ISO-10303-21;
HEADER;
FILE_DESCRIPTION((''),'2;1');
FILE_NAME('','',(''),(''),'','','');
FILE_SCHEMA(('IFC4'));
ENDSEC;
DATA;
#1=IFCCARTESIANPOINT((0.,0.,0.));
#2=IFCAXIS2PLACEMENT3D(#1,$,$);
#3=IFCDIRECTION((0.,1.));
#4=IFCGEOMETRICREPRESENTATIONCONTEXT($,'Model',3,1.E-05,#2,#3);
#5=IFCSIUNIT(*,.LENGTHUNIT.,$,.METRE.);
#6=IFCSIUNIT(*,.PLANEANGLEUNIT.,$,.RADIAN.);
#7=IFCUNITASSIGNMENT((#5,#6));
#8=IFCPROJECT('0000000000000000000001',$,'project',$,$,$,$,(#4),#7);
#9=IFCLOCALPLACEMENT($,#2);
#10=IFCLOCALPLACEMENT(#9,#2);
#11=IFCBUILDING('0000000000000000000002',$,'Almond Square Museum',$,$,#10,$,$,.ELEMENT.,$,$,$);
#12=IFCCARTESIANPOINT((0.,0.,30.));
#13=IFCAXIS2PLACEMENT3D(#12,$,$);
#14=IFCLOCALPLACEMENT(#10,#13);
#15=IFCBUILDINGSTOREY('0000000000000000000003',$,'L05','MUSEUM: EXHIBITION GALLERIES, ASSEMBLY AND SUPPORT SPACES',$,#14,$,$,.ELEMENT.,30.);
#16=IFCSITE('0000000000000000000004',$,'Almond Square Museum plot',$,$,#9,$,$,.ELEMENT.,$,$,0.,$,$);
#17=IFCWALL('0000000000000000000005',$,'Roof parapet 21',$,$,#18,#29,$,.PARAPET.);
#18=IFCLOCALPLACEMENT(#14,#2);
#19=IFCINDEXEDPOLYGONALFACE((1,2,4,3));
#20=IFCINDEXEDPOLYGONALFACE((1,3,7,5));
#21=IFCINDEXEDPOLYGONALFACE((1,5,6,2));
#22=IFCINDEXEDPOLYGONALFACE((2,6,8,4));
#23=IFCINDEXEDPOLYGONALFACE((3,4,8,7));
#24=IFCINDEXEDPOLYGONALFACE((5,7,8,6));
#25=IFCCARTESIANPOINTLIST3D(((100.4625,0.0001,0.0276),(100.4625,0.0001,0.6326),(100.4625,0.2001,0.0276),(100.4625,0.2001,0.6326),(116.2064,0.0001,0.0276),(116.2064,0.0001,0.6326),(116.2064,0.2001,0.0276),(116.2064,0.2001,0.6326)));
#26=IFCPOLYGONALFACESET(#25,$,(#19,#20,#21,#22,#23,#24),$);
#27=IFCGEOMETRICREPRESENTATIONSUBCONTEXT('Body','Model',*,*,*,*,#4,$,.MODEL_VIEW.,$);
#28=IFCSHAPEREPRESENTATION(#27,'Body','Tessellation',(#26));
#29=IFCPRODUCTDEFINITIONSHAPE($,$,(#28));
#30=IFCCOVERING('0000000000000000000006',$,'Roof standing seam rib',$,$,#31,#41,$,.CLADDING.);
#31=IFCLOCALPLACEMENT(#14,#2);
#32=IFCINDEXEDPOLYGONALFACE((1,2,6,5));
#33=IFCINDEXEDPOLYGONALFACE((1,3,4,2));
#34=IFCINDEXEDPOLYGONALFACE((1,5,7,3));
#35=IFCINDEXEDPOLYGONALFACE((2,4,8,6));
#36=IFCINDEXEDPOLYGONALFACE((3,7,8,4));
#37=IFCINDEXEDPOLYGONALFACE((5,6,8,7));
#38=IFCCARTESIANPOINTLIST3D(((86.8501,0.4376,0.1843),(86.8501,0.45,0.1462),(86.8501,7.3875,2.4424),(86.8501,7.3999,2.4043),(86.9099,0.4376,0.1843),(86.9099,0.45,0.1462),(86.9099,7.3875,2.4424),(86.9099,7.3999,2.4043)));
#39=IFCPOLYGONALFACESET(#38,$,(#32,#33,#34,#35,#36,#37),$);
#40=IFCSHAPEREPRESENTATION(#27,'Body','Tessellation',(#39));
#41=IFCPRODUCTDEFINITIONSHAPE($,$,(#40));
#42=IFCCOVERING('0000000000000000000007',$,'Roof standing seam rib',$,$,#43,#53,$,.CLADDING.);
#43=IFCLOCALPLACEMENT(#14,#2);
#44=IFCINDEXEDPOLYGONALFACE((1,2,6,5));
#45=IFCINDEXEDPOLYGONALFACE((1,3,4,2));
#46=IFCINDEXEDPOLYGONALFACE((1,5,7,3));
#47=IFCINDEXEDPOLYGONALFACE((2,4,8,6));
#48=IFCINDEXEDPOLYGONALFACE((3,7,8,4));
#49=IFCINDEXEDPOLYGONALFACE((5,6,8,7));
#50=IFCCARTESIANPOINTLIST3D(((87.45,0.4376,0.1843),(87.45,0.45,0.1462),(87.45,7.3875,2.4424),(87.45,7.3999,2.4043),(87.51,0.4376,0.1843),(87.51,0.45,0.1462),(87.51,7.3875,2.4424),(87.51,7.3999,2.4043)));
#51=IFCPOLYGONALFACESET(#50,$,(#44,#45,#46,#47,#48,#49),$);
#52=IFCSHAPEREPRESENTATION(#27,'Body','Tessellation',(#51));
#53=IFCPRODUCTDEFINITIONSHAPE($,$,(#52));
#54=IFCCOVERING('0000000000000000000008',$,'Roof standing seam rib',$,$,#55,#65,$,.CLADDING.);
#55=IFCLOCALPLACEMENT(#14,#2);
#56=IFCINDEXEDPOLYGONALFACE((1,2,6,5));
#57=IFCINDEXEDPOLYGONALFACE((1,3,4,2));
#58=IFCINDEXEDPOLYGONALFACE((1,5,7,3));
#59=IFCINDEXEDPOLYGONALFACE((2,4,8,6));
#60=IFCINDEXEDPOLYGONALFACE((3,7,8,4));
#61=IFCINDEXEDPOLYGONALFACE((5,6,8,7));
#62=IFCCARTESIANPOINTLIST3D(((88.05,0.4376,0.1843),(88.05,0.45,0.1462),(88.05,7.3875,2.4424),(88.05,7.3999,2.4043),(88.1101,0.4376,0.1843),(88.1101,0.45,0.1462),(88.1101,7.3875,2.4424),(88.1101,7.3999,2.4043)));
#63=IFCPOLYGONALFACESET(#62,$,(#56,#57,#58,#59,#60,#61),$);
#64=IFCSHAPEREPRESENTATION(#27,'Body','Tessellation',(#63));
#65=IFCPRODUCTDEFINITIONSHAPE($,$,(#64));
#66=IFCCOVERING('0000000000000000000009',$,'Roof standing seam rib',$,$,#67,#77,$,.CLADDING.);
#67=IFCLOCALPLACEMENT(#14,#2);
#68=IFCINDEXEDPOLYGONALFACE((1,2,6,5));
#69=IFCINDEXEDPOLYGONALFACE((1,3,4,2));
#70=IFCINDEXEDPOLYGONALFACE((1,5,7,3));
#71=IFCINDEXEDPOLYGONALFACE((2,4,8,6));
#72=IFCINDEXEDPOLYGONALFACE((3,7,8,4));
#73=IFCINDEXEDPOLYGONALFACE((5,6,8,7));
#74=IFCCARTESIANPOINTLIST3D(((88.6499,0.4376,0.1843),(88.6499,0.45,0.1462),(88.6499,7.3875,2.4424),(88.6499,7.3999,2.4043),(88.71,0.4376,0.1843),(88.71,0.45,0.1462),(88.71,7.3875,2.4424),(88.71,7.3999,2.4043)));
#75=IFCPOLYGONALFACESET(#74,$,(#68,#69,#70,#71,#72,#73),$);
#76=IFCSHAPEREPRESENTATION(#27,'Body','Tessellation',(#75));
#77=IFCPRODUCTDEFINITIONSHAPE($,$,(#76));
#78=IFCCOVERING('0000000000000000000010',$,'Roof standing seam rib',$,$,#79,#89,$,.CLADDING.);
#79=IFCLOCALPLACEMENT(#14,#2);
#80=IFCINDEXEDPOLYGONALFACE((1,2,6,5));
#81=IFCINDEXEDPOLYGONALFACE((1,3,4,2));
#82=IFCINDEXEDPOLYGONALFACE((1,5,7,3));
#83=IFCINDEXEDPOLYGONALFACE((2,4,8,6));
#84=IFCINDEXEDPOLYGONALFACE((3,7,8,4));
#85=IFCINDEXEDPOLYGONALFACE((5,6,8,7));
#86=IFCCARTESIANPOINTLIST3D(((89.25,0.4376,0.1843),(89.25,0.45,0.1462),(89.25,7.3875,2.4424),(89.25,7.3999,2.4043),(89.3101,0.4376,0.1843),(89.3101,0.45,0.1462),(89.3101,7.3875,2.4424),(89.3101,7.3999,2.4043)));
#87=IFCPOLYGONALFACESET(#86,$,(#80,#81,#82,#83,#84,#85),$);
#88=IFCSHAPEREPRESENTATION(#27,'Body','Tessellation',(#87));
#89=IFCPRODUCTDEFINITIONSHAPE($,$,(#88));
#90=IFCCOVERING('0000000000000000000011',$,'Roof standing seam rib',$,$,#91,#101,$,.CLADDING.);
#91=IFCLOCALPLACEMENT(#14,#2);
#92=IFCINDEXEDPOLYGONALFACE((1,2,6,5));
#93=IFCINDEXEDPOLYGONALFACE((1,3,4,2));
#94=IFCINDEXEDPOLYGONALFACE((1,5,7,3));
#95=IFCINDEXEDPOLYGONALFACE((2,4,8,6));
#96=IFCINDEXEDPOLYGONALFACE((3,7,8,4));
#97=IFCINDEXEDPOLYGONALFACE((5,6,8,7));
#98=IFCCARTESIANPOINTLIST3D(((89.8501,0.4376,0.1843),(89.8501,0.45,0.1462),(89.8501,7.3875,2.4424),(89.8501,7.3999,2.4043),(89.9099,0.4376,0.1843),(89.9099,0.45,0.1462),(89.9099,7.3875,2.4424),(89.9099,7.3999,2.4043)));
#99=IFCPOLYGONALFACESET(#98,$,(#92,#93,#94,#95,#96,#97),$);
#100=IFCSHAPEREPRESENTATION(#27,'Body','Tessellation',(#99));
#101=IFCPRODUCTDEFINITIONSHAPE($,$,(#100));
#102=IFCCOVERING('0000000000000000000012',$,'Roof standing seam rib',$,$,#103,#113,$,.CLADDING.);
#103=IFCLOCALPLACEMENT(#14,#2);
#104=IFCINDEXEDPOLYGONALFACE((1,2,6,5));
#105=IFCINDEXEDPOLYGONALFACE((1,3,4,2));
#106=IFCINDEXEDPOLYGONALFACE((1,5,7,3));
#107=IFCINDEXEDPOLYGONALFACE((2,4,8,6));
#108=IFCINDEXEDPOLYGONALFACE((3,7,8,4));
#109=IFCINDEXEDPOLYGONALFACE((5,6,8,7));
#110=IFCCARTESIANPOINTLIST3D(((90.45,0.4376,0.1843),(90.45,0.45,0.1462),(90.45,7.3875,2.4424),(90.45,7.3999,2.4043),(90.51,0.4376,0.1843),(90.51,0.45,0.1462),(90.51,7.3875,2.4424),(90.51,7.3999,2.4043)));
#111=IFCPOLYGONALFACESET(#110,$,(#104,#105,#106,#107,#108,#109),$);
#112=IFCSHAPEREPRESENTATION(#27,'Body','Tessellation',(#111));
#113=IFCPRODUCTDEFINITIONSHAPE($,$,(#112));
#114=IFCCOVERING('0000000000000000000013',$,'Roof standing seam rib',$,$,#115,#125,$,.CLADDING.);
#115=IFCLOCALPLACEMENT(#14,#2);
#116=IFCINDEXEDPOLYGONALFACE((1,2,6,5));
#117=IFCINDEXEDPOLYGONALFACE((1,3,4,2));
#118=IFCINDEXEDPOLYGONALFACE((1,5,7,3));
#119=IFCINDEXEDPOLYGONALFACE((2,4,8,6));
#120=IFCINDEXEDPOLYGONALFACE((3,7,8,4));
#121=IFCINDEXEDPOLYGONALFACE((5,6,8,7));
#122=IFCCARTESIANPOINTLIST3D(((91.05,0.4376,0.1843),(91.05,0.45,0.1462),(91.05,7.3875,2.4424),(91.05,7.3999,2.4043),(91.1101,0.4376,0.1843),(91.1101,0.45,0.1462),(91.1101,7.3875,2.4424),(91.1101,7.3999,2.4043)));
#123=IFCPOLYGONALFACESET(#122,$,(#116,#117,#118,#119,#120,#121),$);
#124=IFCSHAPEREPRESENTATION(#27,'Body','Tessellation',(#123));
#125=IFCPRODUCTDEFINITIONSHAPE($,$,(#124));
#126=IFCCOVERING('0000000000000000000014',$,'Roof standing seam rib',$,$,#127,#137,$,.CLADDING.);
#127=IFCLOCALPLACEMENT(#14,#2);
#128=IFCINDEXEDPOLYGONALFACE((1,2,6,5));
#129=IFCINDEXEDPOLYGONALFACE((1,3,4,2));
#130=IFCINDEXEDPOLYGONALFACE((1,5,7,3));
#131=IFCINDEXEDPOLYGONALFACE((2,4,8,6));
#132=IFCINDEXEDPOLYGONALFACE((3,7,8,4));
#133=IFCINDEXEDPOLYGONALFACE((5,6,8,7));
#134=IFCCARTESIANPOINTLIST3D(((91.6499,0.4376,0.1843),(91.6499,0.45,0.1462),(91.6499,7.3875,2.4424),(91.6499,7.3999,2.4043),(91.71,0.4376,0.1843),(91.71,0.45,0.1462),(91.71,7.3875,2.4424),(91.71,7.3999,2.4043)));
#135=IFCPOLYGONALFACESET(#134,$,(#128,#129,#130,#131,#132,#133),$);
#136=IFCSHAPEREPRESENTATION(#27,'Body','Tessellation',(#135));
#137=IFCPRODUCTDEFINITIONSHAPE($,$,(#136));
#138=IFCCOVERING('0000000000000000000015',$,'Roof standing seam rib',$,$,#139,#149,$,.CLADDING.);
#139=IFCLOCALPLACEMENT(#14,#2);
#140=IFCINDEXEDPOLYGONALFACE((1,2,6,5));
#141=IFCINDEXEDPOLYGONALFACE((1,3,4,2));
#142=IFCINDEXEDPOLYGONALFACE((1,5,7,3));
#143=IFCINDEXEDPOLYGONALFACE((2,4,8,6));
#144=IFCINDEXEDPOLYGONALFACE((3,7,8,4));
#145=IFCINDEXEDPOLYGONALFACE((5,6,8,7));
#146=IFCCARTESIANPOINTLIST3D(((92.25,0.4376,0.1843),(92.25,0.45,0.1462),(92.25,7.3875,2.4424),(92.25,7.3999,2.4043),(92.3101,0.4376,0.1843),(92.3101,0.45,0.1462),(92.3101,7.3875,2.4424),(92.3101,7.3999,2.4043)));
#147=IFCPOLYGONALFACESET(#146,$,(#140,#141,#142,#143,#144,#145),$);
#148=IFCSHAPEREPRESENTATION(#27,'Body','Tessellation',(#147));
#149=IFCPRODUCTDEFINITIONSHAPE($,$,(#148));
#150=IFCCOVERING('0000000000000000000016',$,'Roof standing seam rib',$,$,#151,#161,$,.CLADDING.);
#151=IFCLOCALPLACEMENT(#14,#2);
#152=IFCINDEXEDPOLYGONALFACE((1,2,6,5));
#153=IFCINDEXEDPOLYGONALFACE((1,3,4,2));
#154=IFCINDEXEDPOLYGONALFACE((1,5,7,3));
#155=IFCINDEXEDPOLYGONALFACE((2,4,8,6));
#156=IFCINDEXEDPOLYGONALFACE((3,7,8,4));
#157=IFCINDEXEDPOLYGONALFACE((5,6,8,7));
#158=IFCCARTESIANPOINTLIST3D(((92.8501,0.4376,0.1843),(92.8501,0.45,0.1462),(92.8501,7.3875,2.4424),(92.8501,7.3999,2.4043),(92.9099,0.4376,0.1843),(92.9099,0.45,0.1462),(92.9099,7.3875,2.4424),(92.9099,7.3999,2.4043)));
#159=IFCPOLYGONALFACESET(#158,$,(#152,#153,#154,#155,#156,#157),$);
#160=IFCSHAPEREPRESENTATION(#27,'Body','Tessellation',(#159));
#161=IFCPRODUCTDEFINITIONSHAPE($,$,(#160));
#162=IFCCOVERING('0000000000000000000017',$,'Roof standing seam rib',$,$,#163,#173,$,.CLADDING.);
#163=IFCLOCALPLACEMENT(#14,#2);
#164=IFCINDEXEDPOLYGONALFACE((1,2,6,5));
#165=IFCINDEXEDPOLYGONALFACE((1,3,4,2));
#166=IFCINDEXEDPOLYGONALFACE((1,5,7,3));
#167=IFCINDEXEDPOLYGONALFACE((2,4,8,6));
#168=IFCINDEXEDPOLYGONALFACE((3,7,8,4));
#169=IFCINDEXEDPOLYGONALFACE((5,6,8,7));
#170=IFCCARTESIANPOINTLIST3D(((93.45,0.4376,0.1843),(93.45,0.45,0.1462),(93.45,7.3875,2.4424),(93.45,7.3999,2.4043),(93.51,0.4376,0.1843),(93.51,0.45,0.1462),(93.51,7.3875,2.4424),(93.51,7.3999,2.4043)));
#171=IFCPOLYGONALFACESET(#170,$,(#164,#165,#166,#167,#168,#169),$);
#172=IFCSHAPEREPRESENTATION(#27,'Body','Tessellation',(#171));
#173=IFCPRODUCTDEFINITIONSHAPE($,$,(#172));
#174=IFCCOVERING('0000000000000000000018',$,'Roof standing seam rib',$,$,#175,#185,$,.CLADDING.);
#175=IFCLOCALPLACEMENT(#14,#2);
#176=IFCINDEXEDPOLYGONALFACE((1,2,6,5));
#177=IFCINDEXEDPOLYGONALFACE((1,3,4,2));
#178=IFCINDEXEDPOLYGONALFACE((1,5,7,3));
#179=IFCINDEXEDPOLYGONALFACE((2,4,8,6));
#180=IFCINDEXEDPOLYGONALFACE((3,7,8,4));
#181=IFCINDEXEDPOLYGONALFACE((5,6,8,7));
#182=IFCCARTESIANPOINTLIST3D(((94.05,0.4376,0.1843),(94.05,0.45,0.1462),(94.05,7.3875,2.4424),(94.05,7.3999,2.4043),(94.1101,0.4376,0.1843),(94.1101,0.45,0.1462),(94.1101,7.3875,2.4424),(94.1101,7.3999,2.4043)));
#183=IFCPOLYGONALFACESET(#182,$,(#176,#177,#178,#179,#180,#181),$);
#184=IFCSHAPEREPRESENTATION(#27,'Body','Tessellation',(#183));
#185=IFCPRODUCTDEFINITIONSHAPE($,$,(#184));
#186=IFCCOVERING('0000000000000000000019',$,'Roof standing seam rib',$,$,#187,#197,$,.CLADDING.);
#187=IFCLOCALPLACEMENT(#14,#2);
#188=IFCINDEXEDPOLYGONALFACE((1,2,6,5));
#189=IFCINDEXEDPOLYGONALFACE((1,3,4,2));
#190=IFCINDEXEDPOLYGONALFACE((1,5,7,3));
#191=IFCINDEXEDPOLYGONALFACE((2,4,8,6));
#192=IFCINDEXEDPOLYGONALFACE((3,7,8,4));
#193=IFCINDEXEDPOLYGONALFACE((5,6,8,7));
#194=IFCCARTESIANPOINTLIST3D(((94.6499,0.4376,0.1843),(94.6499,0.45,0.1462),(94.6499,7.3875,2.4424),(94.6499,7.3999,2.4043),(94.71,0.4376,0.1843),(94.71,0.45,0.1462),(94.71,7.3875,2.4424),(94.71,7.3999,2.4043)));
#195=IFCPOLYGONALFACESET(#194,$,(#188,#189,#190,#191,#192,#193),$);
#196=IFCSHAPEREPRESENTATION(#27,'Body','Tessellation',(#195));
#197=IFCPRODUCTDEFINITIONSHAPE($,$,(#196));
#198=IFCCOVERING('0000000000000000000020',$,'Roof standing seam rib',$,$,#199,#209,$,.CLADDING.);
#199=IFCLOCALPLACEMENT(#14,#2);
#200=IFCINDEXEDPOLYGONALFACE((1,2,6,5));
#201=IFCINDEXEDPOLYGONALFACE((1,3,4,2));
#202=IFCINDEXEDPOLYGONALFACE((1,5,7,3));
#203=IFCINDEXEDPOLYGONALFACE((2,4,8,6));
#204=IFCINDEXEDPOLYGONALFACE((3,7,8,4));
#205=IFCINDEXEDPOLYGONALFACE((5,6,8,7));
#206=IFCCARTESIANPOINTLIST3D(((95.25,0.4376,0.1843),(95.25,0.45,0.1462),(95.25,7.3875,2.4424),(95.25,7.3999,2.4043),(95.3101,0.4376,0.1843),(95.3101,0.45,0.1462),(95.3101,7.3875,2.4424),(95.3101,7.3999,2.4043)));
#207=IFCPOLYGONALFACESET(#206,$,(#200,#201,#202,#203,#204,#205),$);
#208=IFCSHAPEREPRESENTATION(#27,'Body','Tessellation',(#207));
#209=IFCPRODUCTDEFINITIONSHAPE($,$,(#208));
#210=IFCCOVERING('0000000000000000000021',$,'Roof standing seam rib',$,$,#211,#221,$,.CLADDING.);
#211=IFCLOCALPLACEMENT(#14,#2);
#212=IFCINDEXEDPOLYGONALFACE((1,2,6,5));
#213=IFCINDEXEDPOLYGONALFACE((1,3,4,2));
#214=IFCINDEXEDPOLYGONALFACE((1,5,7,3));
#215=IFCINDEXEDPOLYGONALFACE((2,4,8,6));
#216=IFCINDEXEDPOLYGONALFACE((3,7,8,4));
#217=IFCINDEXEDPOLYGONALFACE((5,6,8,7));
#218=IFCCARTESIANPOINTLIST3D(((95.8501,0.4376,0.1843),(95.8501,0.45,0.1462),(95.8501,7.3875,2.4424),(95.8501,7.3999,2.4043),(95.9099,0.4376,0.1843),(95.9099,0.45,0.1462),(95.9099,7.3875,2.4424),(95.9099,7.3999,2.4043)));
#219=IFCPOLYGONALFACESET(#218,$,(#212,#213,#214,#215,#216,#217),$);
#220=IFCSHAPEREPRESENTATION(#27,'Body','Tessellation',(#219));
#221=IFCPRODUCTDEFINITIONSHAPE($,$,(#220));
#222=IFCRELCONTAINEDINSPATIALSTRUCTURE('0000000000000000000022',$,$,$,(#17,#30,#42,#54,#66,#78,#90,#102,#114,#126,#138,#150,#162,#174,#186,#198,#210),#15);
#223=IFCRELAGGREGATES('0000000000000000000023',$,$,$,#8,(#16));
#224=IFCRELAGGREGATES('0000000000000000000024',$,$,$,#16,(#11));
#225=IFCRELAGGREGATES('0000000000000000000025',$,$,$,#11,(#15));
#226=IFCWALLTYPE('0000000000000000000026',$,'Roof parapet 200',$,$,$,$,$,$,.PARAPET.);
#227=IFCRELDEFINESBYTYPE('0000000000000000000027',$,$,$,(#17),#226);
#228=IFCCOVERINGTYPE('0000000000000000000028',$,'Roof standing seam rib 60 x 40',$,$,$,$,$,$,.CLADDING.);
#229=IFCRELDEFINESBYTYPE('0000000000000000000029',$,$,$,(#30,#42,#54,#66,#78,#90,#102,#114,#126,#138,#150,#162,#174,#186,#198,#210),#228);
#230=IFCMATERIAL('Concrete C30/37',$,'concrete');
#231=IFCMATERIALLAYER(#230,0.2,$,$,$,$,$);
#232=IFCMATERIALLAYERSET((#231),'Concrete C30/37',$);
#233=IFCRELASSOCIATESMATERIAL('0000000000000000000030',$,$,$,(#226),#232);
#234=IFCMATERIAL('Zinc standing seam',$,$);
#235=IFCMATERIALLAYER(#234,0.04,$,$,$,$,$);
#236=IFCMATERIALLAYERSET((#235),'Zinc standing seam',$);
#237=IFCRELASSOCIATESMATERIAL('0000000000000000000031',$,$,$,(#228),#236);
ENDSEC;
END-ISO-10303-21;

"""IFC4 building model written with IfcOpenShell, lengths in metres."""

from ifc_helpers import new_model, si_unit, direction, frame, frame_2d, origin, place, context, subcontext, project, spatial, polyline, rectangle, outline, extrude, material, layer, layer_set, type_object, element, save


model = new_model("IFC4")

# Units and contexts
model_context = context("Model", 3, precision=1e-05, world=origin(), true_north=direction((0.0, 1.0)))
body_context = subcontext(model_context, "Body", "Model", "MODEL_VIEW")
ifc_project = project(units=[si_unit("LENGTHUNIT", "METRE"), si_unit("PLANEANGLEUNIT", "RADIAN")], contexts=[model_context])

# Site, building, storey
site_placement = place(None, origin())
site = spatial("IfcSite", under=ifc_project, at=site_placement, Name="Almond Square Museum plot", CompositionType="ELEMENT", RefElevation=0.0)
building_placement = place(site_placement, origin())
building = spatial("IfcBuilding", under=site, at=building_placement, Name="Almond Square Museum", CompositionType="ELEMENT")
storey_placement = place(building_placement, frame((0.0, 0.0, 30.0)))
storey = spatial("IfcBuildingStorey", under=building, at=storey_placement, Name="L05", Description="MUSEUM: EXHIBITION GALLERIES, ASSEMBLY AND SUPPORT SPACES", CompositionType="ELEMENT", Elevation=30.0)

# Wall
ifc_material_1 = material(Name="Concrete C30/37", Category="concrete")
ifc_layer_1 = layer(ifc_material_1, 0.2)
ifc_layer_set_1 = layer_set([ifc_layer_1], Name="Concrete C30/37")
wall_type = type_object("IfcWallType", Name="Roof parapet 200", PredefinedType="PARAPET", material=ifc_layer_set_1)
wall_placement = place(storey_placement, frame((100.4624, 0.1001, 0.0276), z_axis=(0.0, 0.0, 1.0), x_axis=(1.0, 0.0, 0.0)))
element("IfcWall", 1, at=wall_placement, inside=storey, type_object=wall_type, Name="Roof parapet 21", PredefinedType="PARAPET", context=body_context, shape_type="SweptSolid", body=[
    extrude(rectangle(XDim=15.7439, YDim=0.2, at=frame_2d((7.8721, 0.0))), origin(), (0.0, 0.0, 1.0), 0.605),
])

# Coverings
ifc_material_2 = material(Name="Zinc standing seam")
ifc_layer_2 = layer(ifc_material_2, 0.04)
ifc_layer_set_2 = layer_set([ifc_layer_2], Name="Zinc standing seam")
covering_type = type_object("IfcCoveringType", Name="Roof standing seam rib 60 x 40", PredefinedType="CLADDING", material=ifc_layer_set_2)
covering_1_placement = place(storey_placement, frame((86.8501, 0.45, 0.1462), z_axis=(0.0, -0.309002, 0.951061), x_axis=(1.0, 0.0, 0.0)))
element("IfcCovering", 2, at=covering_1_placement, inside=storey, type_object=covering_type, Name="Roof standing seam rib", PredefinedType="CLADDING", context=body_context, shape_type="SweptSolid", body=[
    extrude(outline(polyline([(0.0, 0.0), (0.0598, 0.0), (0.0598, 7.3076), (0.0, 7.3076), (0.0, 0.0)])), origin(), (0.0, 0.0, 1.0), 0.04),
])
for number, where, z_axis, x_axis, name in (
    (3, (87.45, 0.45, 0.1462), (0.0, -0.309002, 0.951061), (1.0, 0.0, 0.0), "Roof standing seam rib"),
    (4, (88.05, 0.45, 0.1462), (0.0, -0.309002, 0.951061), (1.0, 0.0, 0.0), "Roof standing seam rib"),
    (5, (88.6499, 0.45, 0.1462), (0.0, -0.309002, 0.951061), (1.0, 0.0, 0.0), "Roof standing seam rib"),
    (6, (89.25, 0.45, 0.1462), (0.0, -0.309002, 0.951061), (1.0, 0.0, 0.0), "Roof standing seam rib"),
):
    element("IfcCovering", number, at=place(storey_placement, frame(where, z_axis=z_axis, x_axis=x_axis)), inside=storey, type_object=covering_type, Name=name, PredefinedType="CLADDING", context=body_context, shape_type="SweptSolid", body=[
        extrude(outline(polyline([(0.0, 0.0), (0.0601, 0.0), (0.0601, 7.3076), (0.0, 7.3076), (0.0, 0.0)])), origin(), (0.0, 0.0, 1.0), 0.04),
    ])
covering_2_placement = place(storey_placement, frame((89.8501, 0.45, 0.1462), z_axis=(0.0, -0.309002, 0.951061), x_axis=(1.0, 0.0, 0.0)))
element("IfcCovering", 7, at=covering_2_placement, inside=storey, type_object=covering_type, Name="Roof standing seam rib", PredefinedType="CLADDING", context=body_context, shape_type="SweptSolid", body=[
    extrude(outline(polyline([(0.0, 0.0), (0.0598, 0.0), (0.0598, 7.3076), (0.0, 7.3076), (0.0, 0.0)])), origin(), (0.0, 0.0, 1.0), 0.04),
])
for number, where, z_axis, x_axis, name in (
    (8, (90.45, 0.45, 0.1462), (0.0, -0.309002, 0.951061), (1.0, 0.0, 0.0), "Roof standing seam rib"),
    (9, (91.05, 0.45, 0.1462), (0.0, -0.309002, 0.951061), (1.0, 0.0, 0.0), "Roof standing seam rib"),
    (10, (91.6499, 0.45, 0.1462), (0.0, -0.309002, 0.951061), (1.0, 0.0, 0.0), "Roof standing seam rib"),
    (11, (92.25, 0.45, 0.1462), (0.0, -0.309002, 0.951061), (1.0, 0.0, 0.0), "Roof standing seam rib"),
):
    element("IfcCovering", number, at=place(storey_placement, frame(where, z_axis=z_axis, x_axis=x_axis)), inside=storey, type_object=covering_type, Name=name, PredefinedType="CLADDING", context=body_context, shape_type="SweptSolid", body=[
        extrude(outline(polyline([(0.0, 0.0), (0.0601, 0.0), (0.0601, 7.3076), (0.0, 7.3076), (0.0, 0.0)])), origin(), (0.0, 0.0, 1.0), 0.04),
    ])
covering_3_placement = place(storey_placement, frame((92.8501, 0.45, 0.1462), z_axis=(0.0, -0.309002, 0.951061), x_axis=(1.0, 0.0, 0.0)))
element("IfcCovering", 12, at=covering_3_placement, inside=storey, type_object=covering_type, Name="Roof standing seam rib", PredefinedType="CLADDING", context=body_context, shape_type="SweptSolid", body=[
    extrude(outline(polyline([(0.0, 0.0), (0.0598, 0.0), (0.0598, 7.3076), (0.0, 7.3076), (0.0, 0.0)])), origin(), (0.0, 0.0, 1.0), 0.04),
])
for number, where, z_axis, x_axis, name in (
    (13, (93.45, 0.45, 0.1462), (0.0, -0.309002, 0.951061), (1.0, 0.0, 0.0), "Roof standing seam rib"),
    (14, (94.05, 0.45, 0.1462), (0.0, -0.309002, 0.951061), (1.0, 0.0, 0.0), "Roof standing seam rib"),
    (15, (94.6499, 0.45, 0.1462), (0.0, -0.309002, 0.951061), (1.0, 0.0, 0.0), "Roof standing seam rib"),
    (16, (95.25, 0.45, 0.1462), (0.0, -0.309002, 0.951061), (1.0, 0.0, 0.0), "Roof standing seam rib"),
):
    element("IfcCovering", number, at=place(storey_placement, frame(where, z_axis=z_axis, x_axis=x_axis)), inside=storey, type_object=covering_type, Name=name, PredefinedType="CLADDING", context=body_context, shape_type="SweptSolid", body=[
        extrude(outline(polyline([(0.0, 0.0), (0.0601, 0.0), (0.0601, 7.3076), (0.0, 7.3076), (0.0, 0.0)])), origin(), (0.0, 0.0, 1.0), 0.04),
    ])
covering_4_placement = place(storey_placement, frame((95.8501, 0.45, 0.1462), z_axis=(0.0, -0.309002, 0.951061), x_axis=(1.0, 0.0, 0.0)))
element("IfcCovering", 17, at=covering_4_placement, inside=storey, type_object=covering_type, Name="Roof standing seam rib", PredefinedType="CLADDING", context=body_context, shape_type="SweptSolid", body=[
    extrude(outline(polyline([(0.0, 0.0), (0.0598, 0.0), (0.0598, 7.3076), (0.0, 7.3076), (0.0, 0.0)])), origin(), (0.0, 0.0, 1.0), 0.04),
])

save(model, "model.ifc")
